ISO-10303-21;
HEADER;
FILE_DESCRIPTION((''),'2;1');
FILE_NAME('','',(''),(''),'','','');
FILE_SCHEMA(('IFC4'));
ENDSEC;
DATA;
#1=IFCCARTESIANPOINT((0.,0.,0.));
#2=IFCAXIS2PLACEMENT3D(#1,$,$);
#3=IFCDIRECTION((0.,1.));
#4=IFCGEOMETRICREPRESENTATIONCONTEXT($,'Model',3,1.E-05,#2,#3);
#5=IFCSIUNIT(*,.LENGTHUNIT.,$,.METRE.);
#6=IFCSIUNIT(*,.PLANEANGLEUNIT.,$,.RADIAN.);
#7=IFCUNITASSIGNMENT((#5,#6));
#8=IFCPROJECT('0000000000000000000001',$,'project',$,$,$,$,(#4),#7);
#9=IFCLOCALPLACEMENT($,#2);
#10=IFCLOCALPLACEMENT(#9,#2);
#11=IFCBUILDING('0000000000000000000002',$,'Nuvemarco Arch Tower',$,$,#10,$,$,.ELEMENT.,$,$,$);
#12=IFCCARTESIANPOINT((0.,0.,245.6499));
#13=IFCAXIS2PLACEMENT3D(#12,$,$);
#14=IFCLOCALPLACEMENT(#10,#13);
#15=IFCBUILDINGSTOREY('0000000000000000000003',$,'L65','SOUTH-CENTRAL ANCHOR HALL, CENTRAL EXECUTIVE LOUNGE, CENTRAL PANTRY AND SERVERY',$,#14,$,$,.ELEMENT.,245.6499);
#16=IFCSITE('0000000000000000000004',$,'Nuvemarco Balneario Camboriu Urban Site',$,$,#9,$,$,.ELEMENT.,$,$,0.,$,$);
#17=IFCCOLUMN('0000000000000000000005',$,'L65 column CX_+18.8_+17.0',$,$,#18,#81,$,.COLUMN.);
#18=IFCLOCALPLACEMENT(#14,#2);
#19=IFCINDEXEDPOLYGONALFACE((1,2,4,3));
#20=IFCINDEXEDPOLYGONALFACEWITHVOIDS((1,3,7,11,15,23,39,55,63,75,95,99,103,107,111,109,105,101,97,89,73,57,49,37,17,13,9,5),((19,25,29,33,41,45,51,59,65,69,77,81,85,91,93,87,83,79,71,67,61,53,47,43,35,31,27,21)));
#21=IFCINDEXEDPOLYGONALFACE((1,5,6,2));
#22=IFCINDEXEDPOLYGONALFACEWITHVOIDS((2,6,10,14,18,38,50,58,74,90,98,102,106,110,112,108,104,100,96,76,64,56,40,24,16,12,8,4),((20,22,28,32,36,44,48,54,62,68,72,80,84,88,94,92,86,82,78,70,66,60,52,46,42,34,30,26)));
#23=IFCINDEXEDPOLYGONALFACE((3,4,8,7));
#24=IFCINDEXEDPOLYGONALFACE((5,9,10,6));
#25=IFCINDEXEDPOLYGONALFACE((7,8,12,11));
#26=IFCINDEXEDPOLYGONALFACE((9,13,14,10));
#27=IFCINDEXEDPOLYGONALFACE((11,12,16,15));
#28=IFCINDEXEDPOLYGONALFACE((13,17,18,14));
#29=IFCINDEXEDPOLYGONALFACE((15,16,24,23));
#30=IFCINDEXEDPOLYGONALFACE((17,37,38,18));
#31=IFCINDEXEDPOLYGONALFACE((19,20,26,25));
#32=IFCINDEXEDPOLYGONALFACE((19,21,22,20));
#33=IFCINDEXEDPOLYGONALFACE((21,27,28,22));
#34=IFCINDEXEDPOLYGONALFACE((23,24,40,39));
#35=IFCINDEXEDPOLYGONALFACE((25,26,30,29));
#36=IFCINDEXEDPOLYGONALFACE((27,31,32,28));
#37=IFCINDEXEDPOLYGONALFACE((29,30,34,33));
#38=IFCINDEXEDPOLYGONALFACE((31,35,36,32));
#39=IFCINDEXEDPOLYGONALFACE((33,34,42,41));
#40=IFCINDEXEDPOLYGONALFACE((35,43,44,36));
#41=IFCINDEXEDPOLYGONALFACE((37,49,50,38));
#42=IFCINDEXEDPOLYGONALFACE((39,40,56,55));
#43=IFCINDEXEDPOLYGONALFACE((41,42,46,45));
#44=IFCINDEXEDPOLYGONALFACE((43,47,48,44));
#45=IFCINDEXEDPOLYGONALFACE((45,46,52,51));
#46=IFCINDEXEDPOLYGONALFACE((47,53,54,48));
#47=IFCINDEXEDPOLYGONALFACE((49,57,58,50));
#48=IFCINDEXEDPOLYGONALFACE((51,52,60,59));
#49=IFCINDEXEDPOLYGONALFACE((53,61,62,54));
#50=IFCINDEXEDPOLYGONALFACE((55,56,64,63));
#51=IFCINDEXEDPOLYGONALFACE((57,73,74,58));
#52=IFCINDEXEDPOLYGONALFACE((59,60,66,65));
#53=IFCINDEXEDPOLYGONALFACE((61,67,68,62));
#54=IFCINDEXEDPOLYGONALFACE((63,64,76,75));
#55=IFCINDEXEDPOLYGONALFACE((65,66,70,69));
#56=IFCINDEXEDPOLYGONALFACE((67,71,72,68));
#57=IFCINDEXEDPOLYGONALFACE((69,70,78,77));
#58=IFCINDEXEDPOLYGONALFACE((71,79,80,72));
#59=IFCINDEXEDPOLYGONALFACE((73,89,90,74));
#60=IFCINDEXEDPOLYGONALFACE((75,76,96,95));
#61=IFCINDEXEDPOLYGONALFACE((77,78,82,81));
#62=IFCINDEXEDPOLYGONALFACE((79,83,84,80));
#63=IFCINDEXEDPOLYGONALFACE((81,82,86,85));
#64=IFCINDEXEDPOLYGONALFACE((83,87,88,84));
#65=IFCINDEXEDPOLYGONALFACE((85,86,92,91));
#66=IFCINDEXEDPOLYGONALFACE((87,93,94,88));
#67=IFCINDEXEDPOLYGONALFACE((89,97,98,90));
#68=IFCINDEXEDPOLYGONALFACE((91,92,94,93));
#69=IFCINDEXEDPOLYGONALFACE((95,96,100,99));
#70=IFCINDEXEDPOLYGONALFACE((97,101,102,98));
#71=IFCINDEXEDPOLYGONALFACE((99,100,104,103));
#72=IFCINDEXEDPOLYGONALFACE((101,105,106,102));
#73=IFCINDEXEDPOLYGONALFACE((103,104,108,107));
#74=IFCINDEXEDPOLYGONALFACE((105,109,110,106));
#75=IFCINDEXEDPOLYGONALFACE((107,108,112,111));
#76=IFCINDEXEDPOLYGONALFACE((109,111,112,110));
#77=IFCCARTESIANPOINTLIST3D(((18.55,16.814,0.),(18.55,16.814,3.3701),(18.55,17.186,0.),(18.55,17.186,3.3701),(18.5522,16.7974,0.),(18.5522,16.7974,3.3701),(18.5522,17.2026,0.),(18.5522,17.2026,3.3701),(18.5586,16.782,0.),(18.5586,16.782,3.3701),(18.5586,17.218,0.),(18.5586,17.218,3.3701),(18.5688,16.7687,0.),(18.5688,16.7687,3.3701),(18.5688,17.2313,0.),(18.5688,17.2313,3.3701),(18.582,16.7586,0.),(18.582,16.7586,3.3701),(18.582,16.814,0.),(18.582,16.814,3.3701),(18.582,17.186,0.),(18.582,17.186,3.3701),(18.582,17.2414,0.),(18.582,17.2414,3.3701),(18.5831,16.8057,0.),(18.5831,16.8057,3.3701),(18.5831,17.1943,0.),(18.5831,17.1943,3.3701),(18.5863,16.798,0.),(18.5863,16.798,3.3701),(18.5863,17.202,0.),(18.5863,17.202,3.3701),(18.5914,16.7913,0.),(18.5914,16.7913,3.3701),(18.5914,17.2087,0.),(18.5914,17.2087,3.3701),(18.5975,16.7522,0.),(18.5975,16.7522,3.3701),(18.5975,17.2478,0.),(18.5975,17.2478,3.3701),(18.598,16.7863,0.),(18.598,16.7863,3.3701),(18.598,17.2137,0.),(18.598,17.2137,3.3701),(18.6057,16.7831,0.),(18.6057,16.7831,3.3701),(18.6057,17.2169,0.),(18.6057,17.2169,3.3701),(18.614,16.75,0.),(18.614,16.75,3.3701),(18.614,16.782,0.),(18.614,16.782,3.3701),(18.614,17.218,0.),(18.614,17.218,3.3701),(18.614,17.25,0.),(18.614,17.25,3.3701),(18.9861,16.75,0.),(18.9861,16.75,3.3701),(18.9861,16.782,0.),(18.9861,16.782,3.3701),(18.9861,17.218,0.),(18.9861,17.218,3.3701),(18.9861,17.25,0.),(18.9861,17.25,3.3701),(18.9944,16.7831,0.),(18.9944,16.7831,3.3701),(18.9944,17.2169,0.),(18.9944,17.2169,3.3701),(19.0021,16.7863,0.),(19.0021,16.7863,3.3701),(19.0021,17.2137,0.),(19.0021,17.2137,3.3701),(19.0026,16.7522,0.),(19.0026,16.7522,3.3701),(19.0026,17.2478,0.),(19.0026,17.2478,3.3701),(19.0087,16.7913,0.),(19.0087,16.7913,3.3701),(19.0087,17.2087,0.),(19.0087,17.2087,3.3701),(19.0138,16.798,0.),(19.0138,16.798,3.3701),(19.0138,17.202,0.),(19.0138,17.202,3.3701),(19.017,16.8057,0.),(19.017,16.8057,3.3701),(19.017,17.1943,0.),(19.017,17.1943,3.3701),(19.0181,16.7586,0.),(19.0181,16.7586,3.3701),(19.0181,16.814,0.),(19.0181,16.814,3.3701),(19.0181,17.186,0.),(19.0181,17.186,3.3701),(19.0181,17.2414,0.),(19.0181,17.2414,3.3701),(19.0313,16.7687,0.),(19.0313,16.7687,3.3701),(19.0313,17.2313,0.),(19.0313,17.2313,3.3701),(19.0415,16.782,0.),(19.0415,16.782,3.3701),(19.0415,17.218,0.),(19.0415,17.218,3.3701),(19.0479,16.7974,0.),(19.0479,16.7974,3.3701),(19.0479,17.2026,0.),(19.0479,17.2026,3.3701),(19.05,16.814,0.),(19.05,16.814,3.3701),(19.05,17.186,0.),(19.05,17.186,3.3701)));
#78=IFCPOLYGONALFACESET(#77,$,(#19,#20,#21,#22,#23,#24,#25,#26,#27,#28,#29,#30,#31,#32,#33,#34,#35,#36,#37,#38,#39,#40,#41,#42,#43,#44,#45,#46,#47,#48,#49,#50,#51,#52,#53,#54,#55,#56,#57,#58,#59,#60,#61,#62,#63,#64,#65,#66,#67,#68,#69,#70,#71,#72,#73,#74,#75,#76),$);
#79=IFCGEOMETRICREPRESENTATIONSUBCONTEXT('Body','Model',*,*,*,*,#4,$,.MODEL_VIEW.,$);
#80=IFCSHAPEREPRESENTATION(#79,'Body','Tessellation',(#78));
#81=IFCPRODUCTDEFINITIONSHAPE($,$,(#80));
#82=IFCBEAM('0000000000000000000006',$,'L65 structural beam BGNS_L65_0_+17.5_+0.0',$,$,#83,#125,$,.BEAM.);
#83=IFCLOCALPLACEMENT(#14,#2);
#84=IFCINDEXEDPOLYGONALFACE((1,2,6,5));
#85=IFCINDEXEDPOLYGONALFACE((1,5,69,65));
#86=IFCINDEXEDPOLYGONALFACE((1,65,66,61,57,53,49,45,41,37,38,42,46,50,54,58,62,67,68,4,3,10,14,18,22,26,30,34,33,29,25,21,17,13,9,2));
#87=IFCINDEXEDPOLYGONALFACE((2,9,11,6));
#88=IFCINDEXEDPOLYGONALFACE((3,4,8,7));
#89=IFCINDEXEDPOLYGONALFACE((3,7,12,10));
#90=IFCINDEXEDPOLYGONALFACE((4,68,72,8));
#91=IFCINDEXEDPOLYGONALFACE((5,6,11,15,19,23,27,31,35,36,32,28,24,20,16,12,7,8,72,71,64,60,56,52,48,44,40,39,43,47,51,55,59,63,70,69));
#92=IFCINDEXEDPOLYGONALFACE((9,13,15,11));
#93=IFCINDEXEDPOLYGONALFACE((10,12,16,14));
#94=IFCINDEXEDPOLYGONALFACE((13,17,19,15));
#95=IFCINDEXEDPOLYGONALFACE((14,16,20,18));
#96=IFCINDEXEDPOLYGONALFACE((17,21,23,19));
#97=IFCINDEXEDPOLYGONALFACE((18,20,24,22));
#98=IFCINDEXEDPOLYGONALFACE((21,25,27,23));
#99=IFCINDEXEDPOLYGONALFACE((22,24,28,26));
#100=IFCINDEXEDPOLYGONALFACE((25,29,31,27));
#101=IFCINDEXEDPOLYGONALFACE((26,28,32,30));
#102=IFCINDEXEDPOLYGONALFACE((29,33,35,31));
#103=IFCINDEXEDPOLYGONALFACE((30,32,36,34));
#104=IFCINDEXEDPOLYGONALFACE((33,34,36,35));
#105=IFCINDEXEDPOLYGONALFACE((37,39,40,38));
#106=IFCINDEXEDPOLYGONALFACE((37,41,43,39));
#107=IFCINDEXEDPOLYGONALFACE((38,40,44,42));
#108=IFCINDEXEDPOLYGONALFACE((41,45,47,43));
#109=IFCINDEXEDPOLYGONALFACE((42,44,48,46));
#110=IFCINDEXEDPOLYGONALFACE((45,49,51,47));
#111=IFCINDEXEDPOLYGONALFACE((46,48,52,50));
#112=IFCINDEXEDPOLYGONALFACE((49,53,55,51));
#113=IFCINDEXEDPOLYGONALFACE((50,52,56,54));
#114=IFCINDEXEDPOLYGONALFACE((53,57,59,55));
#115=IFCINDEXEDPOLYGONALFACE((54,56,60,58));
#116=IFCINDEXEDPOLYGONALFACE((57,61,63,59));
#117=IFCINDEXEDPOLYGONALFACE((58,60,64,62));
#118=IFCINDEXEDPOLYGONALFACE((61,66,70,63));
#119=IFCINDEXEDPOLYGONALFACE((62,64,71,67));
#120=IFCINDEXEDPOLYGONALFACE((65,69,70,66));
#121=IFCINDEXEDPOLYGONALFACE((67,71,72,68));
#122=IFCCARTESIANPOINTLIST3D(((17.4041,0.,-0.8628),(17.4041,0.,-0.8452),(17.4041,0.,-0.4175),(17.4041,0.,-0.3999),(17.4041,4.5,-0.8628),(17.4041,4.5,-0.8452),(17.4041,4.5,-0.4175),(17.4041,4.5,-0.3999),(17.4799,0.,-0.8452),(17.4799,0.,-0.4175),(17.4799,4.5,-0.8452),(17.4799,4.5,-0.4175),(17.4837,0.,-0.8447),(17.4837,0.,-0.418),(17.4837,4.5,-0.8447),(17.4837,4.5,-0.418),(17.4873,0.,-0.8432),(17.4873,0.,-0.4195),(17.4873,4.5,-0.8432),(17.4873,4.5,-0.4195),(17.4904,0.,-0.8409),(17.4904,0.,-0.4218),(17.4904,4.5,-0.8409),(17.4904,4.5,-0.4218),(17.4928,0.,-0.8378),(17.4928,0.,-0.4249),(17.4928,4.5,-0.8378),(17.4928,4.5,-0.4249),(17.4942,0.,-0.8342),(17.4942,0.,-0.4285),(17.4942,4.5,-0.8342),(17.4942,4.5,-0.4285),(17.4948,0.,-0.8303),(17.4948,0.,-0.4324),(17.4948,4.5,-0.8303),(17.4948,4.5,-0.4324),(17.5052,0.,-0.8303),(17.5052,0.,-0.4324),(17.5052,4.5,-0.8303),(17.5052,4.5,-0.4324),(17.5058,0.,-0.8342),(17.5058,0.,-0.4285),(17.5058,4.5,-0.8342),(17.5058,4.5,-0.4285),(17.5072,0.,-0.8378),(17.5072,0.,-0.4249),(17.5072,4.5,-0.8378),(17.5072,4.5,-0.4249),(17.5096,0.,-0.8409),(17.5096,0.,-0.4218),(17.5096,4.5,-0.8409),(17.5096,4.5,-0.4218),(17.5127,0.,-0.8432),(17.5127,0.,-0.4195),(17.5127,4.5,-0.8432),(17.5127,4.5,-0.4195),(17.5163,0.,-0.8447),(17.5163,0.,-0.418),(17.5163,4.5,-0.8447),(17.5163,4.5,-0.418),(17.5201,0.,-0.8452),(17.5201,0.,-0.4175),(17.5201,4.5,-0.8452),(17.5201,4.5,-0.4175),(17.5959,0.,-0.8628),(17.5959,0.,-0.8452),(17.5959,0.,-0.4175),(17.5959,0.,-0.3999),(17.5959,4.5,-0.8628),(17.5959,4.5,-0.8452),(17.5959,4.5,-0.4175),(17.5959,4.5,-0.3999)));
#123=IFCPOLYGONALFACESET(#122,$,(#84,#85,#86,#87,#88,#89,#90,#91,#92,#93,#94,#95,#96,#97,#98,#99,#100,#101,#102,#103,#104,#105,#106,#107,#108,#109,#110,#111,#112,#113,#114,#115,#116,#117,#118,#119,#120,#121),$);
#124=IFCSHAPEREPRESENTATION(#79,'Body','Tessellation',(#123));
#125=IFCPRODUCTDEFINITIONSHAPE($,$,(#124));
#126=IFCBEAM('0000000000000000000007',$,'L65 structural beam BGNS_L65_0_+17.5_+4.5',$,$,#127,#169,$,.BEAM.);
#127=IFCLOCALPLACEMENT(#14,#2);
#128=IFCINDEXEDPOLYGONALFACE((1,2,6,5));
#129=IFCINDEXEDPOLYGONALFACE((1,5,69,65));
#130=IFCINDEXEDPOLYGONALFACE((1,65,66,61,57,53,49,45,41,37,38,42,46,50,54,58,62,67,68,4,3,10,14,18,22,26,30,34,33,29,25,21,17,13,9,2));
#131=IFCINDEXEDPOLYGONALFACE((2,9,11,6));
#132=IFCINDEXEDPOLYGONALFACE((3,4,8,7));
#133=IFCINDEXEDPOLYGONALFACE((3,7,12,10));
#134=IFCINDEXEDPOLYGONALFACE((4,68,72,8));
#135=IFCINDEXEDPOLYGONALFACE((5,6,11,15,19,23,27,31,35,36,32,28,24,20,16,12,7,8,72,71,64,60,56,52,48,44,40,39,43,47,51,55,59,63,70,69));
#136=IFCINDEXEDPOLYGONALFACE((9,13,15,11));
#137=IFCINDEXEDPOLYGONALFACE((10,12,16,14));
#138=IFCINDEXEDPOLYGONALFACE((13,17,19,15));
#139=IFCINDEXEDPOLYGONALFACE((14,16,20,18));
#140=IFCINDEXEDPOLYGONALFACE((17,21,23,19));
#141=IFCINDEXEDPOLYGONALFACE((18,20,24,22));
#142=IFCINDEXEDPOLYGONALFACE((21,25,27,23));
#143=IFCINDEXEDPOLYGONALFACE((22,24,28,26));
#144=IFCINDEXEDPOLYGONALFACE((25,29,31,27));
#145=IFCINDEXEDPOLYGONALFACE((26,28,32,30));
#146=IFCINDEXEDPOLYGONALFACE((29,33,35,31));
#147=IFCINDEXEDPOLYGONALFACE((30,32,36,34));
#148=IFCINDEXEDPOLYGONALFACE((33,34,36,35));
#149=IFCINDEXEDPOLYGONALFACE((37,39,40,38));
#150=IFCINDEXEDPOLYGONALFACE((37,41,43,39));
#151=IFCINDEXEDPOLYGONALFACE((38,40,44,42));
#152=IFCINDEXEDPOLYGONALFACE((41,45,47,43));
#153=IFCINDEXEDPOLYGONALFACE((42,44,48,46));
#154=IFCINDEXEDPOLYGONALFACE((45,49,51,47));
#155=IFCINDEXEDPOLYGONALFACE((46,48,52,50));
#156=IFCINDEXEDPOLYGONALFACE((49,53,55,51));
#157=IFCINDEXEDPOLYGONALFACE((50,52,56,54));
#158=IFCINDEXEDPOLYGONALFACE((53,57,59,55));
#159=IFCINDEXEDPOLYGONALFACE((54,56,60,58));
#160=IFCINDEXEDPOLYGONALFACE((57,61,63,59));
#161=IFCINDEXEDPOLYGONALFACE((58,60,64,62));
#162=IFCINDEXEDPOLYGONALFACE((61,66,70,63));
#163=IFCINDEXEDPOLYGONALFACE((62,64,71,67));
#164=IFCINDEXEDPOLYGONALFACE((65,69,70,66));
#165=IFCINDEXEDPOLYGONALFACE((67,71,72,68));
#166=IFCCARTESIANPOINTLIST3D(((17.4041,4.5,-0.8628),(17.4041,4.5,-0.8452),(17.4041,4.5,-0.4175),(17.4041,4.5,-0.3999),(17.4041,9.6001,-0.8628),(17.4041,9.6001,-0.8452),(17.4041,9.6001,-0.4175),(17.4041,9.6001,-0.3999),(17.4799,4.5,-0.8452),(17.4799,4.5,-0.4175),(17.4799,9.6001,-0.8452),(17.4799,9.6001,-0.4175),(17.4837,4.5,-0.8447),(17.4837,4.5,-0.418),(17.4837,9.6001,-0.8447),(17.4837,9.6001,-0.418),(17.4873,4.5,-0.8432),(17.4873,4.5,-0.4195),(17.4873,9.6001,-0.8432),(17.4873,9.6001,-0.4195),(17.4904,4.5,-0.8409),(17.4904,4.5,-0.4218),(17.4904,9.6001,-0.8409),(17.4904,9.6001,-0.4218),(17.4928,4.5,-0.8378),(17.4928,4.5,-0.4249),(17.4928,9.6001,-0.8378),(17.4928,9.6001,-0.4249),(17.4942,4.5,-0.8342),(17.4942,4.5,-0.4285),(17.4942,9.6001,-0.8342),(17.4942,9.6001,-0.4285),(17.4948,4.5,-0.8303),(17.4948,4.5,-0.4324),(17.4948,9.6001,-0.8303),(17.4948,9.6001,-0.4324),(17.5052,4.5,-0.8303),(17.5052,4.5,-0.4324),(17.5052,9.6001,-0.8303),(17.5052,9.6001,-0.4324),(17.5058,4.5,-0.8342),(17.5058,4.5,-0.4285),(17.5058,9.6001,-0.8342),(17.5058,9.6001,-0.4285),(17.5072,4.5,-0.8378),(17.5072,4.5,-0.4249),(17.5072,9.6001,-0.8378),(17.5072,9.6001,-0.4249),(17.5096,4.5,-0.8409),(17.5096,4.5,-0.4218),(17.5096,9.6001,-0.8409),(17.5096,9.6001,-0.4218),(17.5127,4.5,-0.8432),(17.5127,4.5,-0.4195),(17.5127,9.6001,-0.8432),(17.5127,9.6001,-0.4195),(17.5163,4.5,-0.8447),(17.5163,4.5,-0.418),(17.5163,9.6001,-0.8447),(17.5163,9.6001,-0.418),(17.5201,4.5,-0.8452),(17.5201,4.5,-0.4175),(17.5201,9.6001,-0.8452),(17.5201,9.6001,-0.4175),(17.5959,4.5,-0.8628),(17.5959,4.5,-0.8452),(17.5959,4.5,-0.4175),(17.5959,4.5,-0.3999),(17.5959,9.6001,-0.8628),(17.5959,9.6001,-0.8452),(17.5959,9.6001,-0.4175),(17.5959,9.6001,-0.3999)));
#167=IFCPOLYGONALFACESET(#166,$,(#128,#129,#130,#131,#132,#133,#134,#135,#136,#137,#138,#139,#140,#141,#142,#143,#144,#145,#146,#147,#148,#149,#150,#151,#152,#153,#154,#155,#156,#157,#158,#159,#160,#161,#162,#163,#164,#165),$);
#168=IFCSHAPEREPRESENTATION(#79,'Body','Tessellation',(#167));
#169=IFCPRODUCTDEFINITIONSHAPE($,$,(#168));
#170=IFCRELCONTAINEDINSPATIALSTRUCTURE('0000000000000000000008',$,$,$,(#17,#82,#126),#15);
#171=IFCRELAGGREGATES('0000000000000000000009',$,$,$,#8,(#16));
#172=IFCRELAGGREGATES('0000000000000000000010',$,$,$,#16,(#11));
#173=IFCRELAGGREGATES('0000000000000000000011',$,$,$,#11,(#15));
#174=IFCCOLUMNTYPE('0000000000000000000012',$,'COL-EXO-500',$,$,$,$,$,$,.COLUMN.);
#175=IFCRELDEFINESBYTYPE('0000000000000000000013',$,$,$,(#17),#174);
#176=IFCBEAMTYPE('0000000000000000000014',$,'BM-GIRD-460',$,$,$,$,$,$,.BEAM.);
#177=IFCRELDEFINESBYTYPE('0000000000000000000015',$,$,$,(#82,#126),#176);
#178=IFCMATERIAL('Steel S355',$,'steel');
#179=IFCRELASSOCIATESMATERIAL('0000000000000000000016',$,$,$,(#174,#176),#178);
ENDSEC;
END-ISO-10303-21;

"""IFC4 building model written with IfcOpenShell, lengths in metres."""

from ifc_helpers import new_model, si_unit, direction, frame, origin, origin_2d, place, context, subcontext, project, spatial, hollow_rectangle, i_section, extrude, material, material_profile, profile_set, type_object, element, save


model = new_model("IFC4")

# Units and contexts
model_context = context("Model", 3, precision=1e-05, world=origin(), true_north=direction((0.0, 1.0)))
body_context = subcontext(model_context, "Body", "Model", "MODEL_VIEW")
ifc_project = project(units=[si_unit("LENGTHUNIT", "METRE"), si_unit("PLANEANGLEUNIT", "RADIAN")], contexts=[model_context])

# Site, building, storey
site_placement = place(None, origin())
site = spatial("IfcSite", under=ifc_project, at=site_placement, Name="Nuvemarco Balneario Camboriu Urban Site", CompositionType="ELEMENT", RefElevation=0.0)
building_placement = place(site_placement, origin())
building = spatial("IfcBuilding", under=site, at=building_placement, Name="Nuvemarco Arch Tower", CompositionType="ELEMENT")
storey_placement = place(building_placement, frame((0.0, 0.0, 245.6499)))
storey = spatial("IfcBuildingStorey", under=building, at=storey_placement, Name="L65", Description="SOUTH-CENTRAL ANCHOR HALL, CENTRAL EXECUTIVE LOUNGE, CENTRAL PANTRY AND SERVERY", CompositionType="ELEMENT", Elevation=245.6499)

# Column
ifc_material_1 = material(Name="Steel S355", Category="steel")
ifc_material_profile_1 = material_profile(ifc_material_1, hollow_rectangle(XDim=0.5, YDim=0.5, WallThickness=0.032, InnerFilletRadius=0.032, OuterFilletRadius=0.064, at=origin_2d()), Name="SHS500x500x32")
ifc_profile_set_1 = profile_set([ifc_material_profile_1], Name="Steel S355")
column_type_1 = type_object("IfcColumnType", Name="COL-EXO-500", PredefinedType="COLUMN", material=ifc_profile_set_1)
for number, where, z_axis, x_axis, name in (
    (1, (18.8, 17.0, 0.0), (0.0, 0.0, 1.0), (1.0, 0.0, 0.0), "L65 column CX_+18.8_+17.0"),
):
    element("IfcColumn", number, at=place(storey_placement, frame(where, z_axis=z_axis, x_axis=x_axis)), inside=storey, type_object=column_type_1, Name=name, PredefinedType="COLUMN", context=body_context, shape_type="SweptSolid", body=[
        extrude(hollow_rectangle(XDim=0.5, YDim=0.5, WallThickness=0.032, InnerFilletRadius=0.032, OuterFilletRadius=0.064, at=origin_2d()), origin(), (0.0, 0.0, 1.0), 3.3701),
    ])

# Beams
ifc_material_profile_2 = material_profile(ifc_material_1, i_section(OverallWidth=0.1919, OverallDepth=0.4629, WebThickness=0.0105, FlangeThickness=0.0176, FilletRadius=0.0149, at=origin_2d()), Name="W460x89")
ifc_profile_set_2 = profile_set([ifc_material_profile_2], Name="Steel S355")
beam_type_1 = type_object("IfcBeamType", Name="BM-GIRD-460", PredefinedType="BEAM", material=ifc_profile_set_2)
beam_1_placement = place(storey_placement, frame((17.5, 0.0, -0.6313), z_axis=(0.0, 1.0, 0.0), x_axis=(-1.0, 0.0, 0.0)))
element("IfcBeam", 2, at=beam_1_placement, inside=storey, type_object=beam_type_1, Name="L65 structural beam BGNS_L65_0_+17.5_+0.0", PredefinedType="BEAM", context=body_context, shape_type="SweptSolid", body=[
    extrude(i_section(OverallWidth=0.1919, OverallDepth=0.4629, WebThickness=0.0105, FlangeThickness=0.0176, FilletRadius=0.0149, at=origin_2d()), origin(), (0.0, 0.0, 1.0), 4.5),
])
beam_2_placement = place(storey_placement, frame((17.5, 4.5, -0.6313), z_axis=(0.0, 1.0, 0.0), x_axis=(-1.0, 0.0, 0.0)))
element("IfcBeam", 3, at=beam_2_placement, inside=storey, type_object=beam_type_1, Name="L65 structural beam BGNS_L65_0_+17.5_+4.5", PredefinedType="BEAM", context=body_context, shape_type="SweptSolid", body=[
    extrude(i_section(OverallWidth=0.1919, OverallDepth=0.4629, WebThickness=0.0105, FlangeThickness=0.0176, FilletRadius=0.0149, at=origin_2d()), origin(), (0.0, 0.0, 1.0), 5.1001),
])

save(model, "model.ifc")
